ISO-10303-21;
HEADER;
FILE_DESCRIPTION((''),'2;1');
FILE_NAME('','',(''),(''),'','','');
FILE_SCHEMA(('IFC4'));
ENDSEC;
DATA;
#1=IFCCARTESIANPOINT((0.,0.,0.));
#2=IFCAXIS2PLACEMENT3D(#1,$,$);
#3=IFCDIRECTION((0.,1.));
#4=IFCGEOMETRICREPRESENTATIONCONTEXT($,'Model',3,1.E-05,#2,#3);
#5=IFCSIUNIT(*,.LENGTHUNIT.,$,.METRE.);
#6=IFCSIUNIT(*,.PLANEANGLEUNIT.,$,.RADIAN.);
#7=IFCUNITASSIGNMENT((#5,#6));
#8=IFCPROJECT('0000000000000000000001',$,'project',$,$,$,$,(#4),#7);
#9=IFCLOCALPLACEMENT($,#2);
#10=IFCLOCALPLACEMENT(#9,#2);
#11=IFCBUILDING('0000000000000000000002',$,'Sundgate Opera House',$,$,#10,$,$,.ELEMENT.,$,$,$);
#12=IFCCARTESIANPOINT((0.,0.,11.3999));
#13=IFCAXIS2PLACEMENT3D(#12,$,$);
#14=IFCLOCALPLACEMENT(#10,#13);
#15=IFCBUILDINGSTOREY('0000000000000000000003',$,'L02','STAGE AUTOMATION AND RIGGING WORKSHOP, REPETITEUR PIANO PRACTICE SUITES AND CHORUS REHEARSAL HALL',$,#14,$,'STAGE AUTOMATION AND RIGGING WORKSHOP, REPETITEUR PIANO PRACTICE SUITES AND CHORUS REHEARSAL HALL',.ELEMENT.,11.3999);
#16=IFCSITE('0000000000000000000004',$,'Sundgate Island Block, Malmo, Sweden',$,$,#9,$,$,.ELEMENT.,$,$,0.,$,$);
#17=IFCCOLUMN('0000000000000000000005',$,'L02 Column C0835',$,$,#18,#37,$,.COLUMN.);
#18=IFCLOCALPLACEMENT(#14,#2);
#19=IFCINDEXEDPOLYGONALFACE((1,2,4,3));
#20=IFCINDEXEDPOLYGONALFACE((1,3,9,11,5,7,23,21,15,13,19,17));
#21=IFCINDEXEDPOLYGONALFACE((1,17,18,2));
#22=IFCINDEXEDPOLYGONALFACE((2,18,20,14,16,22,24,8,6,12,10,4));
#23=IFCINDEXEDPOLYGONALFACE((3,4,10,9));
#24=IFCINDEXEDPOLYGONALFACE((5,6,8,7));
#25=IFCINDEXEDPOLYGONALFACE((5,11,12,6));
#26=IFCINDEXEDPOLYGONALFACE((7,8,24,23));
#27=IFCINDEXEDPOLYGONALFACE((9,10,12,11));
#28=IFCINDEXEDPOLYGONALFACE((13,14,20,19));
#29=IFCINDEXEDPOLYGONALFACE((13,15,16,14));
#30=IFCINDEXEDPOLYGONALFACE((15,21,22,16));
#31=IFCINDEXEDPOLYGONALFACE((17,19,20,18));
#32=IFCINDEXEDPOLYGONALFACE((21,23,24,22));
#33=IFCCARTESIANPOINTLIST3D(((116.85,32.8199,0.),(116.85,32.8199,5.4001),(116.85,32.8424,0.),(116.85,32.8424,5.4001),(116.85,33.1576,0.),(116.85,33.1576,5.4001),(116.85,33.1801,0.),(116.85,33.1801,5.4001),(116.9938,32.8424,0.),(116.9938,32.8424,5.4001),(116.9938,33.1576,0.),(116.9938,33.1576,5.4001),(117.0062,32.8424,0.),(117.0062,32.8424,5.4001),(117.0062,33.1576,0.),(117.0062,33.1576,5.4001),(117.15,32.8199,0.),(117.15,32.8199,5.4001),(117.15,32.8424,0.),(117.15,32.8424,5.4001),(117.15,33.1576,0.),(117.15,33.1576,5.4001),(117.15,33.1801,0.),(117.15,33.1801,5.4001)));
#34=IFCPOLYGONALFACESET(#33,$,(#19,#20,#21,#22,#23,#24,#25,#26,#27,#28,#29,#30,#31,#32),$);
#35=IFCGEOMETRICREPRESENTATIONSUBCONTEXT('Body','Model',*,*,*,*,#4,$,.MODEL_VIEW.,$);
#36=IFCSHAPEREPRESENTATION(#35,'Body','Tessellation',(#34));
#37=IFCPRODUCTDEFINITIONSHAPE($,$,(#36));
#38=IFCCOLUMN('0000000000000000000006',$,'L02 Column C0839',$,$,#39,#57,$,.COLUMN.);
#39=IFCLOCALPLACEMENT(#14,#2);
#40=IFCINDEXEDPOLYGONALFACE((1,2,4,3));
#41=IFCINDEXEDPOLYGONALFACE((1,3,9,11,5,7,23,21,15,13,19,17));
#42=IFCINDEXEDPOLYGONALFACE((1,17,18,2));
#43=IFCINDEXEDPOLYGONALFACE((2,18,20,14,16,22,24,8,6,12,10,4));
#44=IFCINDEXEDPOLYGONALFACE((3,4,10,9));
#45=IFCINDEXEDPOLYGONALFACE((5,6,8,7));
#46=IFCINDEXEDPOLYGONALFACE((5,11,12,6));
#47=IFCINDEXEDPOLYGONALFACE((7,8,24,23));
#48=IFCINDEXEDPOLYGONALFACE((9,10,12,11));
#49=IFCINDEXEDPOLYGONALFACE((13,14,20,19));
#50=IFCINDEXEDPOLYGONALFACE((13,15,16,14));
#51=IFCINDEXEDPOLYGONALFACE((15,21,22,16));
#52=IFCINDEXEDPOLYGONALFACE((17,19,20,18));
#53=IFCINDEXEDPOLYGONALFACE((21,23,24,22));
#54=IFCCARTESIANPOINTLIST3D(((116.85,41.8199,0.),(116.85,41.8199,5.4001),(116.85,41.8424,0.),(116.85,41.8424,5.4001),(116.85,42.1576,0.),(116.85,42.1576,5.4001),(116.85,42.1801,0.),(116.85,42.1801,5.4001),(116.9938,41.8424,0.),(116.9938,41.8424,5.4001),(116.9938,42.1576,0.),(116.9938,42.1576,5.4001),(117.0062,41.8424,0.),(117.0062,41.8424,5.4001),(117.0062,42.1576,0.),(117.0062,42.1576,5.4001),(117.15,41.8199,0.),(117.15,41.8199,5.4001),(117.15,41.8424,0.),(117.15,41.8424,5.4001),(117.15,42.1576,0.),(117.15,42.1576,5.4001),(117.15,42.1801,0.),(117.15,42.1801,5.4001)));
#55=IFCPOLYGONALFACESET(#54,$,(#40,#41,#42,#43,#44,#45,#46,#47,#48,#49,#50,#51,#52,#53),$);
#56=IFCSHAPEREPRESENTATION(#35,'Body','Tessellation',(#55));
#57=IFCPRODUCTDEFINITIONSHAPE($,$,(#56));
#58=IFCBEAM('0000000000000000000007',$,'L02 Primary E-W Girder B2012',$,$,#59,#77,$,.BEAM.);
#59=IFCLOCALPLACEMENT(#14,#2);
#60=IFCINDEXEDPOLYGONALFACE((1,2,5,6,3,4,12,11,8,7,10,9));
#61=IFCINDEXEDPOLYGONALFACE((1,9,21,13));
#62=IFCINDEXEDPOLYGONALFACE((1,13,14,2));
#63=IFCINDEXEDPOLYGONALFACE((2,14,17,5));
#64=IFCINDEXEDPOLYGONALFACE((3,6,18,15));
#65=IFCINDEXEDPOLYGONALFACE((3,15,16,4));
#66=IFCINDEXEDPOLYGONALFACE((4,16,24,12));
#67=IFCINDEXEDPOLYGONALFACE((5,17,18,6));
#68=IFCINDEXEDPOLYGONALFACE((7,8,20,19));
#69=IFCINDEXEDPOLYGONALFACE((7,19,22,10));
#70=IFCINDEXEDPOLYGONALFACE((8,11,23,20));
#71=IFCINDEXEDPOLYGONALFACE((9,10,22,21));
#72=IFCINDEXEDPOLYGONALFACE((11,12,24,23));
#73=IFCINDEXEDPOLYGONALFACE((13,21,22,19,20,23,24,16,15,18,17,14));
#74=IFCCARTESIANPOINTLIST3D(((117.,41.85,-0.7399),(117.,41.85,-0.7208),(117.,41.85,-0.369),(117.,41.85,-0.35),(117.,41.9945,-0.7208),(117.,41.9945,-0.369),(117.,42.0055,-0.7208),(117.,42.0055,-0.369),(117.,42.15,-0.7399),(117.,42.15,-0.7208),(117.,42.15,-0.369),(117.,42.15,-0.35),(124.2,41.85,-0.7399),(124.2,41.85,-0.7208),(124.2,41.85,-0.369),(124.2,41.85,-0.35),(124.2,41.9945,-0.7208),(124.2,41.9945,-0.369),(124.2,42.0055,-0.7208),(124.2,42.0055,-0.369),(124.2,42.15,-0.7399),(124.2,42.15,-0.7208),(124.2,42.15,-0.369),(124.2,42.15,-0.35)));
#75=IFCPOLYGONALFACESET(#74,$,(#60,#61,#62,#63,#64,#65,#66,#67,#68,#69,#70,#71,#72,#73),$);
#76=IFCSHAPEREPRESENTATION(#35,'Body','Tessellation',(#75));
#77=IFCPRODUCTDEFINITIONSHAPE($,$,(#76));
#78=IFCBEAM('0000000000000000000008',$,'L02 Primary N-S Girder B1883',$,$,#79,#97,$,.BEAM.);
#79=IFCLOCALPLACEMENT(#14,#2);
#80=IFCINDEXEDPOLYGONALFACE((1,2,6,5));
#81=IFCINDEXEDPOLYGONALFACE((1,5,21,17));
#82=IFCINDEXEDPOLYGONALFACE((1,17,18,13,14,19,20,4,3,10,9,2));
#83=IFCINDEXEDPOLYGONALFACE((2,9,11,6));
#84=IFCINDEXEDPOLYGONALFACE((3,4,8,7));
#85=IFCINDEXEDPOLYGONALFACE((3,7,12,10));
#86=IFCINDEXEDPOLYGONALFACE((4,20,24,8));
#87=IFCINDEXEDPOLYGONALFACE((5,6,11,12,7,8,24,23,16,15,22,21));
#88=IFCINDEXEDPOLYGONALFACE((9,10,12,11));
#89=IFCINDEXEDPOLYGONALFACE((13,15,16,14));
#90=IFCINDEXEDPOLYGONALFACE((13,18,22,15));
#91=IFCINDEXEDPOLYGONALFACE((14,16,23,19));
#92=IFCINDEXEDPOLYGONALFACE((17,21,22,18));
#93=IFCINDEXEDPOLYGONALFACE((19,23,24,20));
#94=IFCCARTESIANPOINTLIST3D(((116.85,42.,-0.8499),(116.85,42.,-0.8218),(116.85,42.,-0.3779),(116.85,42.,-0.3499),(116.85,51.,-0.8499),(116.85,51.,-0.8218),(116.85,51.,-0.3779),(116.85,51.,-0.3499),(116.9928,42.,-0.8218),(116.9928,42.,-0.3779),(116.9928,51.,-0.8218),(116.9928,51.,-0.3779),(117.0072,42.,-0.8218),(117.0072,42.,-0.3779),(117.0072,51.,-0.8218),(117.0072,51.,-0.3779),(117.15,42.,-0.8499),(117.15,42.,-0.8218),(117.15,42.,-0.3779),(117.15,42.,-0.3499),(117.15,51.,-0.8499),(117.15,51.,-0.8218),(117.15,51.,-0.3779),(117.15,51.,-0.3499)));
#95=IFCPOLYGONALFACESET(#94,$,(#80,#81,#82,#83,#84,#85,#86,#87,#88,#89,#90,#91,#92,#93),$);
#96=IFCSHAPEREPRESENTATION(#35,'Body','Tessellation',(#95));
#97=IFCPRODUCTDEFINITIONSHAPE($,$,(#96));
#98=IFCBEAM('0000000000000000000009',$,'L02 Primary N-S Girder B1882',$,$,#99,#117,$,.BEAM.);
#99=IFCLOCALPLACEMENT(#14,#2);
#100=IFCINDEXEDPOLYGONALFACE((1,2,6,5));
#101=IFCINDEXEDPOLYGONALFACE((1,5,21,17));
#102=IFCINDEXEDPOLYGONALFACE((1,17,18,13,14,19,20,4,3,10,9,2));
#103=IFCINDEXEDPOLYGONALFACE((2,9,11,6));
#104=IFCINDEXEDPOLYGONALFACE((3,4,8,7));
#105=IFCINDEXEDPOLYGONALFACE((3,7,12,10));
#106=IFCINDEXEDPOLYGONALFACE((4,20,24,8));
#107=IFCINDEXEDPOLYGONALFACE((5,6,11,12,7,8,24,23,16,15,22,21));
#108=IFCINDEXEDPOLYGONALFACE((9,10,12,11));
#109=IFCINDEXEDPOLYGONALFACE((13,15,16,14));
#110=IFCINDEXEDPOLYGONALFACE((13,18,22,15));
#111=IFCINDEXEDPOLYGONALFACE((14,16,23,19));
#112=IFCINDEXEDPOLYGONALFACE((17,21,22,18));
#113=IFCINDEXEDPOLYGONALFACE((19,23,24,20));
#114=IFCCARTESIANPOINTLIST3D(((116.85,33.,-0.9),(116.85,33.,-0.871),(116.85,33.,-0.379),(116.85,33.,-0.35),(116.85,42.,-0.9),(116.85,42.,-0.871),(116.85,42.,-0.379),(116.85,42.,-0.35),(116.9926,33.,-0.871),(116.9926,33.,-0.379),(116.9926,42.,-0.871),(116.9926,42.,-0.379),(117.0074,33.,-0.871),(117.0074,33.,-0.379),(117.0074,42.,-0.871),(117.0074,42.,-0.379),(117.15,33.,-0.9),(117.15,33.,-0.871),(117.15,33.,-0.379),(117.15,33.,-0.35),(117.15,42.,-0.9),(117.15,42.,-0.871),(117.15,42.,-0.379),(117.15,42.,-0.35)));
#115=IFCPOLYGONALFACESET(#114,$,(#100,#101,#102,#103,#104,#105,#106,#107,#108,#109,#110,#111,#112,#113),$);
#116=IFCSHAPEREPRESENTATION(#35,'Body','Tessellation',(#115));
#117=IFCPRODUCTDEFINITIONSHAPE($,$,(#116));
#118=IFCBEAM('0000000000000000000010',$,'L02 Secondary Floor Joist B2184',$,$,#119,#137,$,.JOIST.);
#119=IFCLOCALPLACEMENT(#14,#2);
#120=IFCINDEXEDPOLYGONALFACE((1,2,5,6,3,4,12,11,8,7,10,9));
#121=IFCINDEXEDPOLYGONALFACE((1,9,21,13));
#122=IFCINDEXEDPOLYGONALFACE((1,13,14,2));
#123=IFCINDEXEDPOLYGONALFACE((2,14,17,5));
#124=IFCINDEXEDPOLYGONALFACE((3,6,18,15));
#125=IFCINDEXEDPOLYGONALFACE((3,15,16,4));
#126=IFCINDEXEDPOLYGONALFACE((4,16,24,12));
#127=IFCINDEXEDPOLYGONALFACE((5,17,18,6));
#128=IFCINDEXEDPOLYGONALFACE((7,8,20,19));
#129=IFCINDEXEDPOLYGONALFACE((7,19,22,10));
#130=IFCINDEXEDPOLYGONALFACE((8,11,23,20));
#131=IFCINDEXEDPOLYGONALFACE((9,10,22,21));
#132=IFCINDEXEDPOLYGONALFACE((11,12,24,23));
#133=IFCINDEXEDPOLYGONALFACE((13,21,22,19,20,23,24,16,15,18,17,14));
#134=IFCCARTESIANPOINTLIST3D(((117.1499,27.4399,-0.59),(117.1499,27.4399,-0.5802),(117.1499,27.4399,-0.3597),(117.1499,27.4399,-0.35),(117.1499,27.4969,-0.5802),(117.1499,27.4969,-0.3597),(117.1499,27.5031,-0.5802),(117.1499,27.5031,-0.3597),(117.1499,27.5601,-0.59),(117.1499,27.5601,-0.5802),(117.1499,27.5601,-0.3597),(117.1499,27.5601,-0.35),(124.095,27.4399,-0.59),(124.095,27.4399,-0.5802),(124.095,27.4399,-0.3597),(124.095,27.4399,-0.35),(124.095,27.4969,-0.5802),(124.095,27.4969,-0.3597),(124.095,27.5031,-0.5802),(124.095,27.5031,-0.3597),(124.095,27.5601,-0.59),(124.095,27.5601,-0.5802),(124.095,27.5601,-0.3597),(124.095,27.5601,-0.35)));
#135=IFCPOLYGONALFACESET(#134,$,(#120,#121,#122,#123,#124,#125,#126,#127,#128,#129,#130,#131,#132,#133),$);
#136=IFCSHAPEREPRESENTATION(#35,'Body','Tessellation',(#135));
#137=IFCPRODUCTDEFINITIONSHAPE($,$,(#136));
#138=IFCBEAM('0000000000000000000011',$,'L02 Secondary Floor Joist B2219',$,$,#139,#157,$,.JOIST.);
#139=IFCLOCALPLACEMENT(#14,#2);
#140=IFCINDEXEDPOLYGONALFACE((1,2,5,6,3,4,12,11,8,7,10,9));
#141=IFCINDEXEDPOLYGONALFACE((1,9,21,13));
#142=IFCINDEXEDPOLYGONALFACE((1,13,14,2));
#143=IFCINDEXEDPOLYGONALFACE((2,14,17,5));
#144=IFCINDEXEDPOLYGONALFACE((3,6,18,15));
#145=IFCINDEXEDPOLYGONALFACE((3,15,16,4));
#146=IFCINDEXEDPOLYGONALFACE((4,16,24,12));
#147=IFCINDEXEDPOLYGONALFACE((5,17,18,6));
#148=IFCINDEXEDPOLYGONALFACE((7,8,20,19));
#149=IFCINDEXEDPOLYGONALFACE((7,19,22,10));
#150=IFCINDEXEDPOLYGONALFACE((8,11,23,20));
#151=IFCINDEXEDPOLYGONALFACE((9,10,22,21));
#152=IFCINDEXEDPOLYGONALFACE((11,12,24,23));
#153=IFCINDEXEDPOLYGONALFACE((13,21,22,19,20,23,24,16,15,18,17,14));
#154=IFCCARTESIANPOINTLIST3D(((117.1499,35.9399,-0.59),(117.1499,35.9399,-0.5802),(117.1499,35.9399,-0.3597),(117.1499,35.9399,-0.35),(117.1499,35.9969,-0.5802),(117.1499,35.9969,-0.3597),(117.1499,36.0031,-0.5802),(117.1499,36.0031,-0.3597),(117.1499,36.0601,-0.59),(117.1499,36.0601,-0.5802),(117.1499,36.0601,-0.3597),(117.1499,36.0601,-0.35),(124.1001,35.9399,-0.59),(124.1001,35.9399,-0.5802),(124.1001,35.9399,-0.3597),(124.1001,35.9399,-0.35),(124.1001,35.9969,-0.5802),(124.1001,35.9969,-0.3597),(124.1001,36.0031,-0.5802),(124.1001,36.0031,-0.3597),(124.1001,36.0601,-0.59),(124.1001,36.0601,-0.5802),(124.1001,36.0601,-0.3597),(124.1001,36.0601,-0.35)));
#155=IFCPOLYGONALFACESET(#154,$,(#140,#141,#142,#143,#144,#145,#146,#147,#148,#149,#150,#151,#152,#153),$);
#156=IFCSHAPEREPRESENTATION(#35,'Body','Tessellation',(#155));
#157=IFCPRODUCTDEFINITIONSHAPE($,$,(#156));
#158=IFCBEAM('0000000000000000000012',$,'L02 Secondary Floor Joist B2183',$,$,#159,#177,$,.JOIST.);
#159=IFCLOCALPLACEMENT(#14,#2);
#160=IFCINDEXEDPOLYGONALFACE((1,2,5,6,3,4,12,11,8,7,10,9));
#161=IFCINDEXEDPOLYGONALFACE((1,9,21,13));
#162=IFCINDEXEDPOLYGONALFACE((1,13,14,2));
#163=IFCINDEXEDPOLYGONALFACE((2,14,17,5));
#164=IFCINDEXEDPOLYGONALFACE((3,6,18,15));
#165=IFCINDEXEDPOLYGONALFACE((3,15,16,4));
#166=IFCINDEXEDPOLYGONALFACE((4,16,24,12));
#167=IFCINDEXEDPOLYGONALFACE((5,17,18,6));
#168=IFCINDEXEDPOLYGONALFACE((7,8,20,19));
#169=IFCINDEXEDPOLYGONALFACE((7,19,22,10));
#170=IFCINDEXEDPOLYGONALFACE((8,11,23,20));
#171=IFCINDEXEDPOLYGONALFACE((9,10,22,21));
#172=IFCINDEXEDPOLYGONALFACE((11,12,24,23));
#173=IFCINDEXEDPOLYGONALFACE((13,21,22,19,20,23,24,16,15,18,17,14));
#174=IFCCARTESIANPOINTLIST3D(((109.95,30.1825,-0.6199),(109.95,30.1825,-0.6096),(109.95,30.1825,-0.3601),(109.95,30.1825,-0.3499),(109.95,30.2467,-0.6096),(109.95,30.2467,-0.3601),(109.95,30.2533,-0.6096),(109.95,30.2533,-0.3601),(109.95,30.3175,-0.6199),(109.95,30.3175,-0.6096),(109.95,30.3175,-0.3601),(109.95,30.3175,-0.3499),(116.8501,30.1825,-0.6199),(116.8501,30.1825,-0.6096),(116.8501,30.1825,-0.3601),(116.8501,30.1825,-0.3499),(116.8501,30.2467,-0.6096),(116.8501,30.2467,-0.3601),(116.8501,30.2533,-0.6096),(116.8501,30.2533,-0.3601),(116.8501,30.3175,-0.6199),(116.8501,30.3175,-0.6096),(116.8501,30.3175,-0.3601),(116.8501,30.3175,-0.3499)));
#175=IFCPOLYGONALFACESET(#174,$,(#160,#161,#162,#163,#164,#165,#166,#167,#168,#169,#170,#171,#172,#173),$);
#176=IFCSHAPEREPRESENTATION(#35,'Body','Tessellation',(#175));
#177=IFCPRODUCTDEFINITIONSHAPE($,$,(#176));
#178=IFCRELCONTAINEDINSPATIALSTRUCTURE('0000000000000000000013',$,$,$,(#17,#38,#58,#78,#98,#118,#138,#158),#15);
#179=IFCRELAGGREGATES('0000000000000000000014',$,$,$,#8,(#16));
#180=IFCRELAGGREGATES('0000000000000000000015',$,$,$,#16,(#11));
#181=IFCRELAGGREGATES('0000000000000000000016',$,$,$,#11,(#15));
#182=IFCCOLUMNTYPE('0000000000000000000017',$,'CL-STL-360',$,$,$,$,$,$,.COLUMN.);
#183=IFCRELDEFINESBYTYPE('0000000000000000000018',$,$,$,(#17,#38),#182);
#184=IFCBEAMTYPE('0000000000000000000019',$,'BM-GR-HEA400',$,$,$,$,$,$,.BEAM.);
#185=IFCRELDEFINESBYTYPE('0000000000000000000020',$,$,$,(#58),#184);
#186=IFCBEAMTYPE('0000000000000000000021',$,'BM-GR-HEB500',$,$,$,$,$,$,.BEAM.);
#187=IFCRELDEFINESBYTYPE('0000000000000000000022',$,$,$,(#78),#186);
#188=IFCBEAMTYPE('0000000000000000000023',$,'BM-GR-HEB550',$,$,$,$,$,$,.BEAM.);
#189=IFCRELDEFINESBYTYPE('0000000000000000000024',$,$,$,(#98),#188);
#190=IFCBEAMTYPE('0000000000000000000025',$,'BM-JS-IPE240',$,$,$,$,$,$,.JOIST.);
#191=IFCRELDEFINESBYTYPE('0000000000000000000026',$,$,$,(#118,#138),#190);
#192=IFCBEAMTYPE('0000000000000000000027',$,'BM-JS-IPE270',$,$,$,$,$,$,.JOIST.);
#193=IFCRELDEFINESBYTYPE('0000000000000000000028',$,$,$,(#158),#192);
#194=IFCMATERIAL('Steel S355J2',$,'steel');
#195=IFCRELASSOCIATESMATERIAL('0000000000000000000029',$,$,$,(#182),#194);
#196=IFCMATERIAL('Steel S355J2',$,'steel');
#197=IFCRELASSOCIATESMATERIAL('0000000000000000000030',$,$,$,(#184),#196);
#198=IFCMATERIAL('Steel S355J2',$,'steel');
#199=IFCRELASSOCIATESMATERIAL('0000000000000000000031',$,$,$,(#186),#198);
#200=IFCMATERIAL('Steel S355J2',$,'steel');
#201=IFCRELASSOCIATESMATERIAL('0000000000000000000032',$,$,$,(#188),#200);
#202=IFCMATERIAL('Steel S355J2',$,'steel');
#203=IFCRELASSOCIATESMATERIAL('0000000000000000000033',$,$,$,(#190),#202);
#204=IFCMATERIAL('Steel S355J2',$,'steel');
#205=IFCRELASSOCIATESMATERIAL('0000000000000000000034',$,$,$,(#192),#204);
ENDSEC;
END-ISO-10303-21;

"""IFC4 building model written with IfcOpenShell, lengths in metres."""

from ifc_helpers import new_model, si_unit, direction, frame, origin, origin_2d, place, context, subcontext, project, spatial, i_section, extrude, material, material_profile, profile_set, type_object, element, save


model = new_model("IFC4")

# Units and contexts
model_context = context("Model", 3, precision=1e-05, world=origin(), true_north=direction((0.0, 1.0)))
body_context = subcontext(model_context, "Body", "Model", "MODEL_VIEW")
ifc_project = project(units=[si_unit("LENGTHUNIT", "METRE"), si_unit("PLANEANGLEUNIT", "RADIAN")], contexts=[model_context])

# Site, building, storey
site_placement = place(None, origin())
site = spatial("IfcSite", under=ifc_project, at=site_placement, Name="Sundgate Island Block, Malmo, Sweden", CompositionType="ELEMENT", RefElevation=0.0)
building_placement = place(site_placement, origin())
building = spatial("IfcBuilding", under=site, at=building_placement, Name="Sundgate Opera House", CompositionType="ELEMENT")
storey_placement = place(building_placement, frame((0.0, 0.0, 11.3999)))
storey = spatial("IfcBuildingStorey", under=building, at=storey_placement, Name="L02", Description="STAGE AUTOMATION AND RIGGING WORKSHOP, REPETITEUR PIANO PRACTICE SUITES AND CHORUS REHEARSAL HALL", LongName="STAGE AUTOMATION AND RIGGING WORKSHOP, REPETITEUR PIANO PRACTICE SUITES AND CHORUS REHEARSAL HALL", CompositionType="ELEMENT", Elevation=11.3999)

# Columns
ifc_material_1 = material(Name="Steel S355J2", Category="steel")
ifc_material_profile_1 = material_profile(ifc_material_1, i_section(OverallWidth=0.3, OverallDepth=0.3601, WebThickness=0.0125, FlangeThickness=0.0225, at=origin_2d()), Name="HEB 360")
ifc_profile_set_1 = profile_set([ifc_material_profile_1], Name="Steel S355J2")
column_type = type_object("IfcColumnType", Name="CL-STL-360", PredefinedType="COLUMN", material=ifc_profile_set_1)
for number, where, z_axis, x_axis, name in (
    (1, (117.0, 33.0, 0.0), (0.0, 0.0, 1.0), (1.0, 0.0, 0.0), "L02 Column C0835"),
    (2, (117.0, 42.0, 0.0), (0.0, 0.0, 1.0), (1.0, 0.0, 0.0), "L02 Column C0839"),
):
    element("IfcColumn", number, at=place(storey_placement, frame(where, z_axis=z_axis, x_axis=x_axis)), inside=storey, type_object=column_type, Name=name, PredefinedType="COLUMN", context=body_context, shape_type="SweptSolid", body=[
        extrude(i_section(OverallWidth=0.3, OverallDepth=0.3601, WebThickness=0.0125, FlangeThickness=0.0225, at=origin_2d()), origin(), (0.0, 0.0, 1.0), 5.4001),
    ])

# Beams
ifc_material_2 = material(Name="Steel S355J2", Category="steel")
ifc_material_profile_2 = material_profile(ifc_material_2, i_section(OverallWidth=0.3, OverallDepth=0.3899, WebThickness=0.011, FlangeThickness=0.019, at=origin_2d()), Name="HEA 400")
ifc_profile_set_2 = profile_set([ifc_material_profile_2], Name="Steel S355J2")
beam_type_1 = type_object("IfcBeamType", Name="BM-GR-HEA400", PredefinedType="BEAM", material=ifc_profile_set_2)
beam_1_placement = place(storey_placement, frame((117.0, 42.0, -0.5449), z_axis=(1.0, 0.0, 0.0), x_axis=(0.0, 1.0, 0.0)))
element("IfcBeam", 3, at=beam_1_placement, inside=storey, type_object=beam_type_1, Name="L02 Primary E-W Girder B2012", PredefinedType="BEAM", context=body_context, shape_type="SweptSolid", body=[
    extrude(i_section(OverallWidth=0.3, OverallDepth=0.3899, WebThickness=0.011, FlangeThickness=0.019, at=origin_2d()), origin(), (0.0, 0.0, 1.0), 7.2),
])
ifc_material_3 = material(Name="Steel S355J2", Category="steel")
ifc_material_profile_3 = material_profile(ifc_material_3, i_section(OverallWidth=0.3, OverallDepth=0.5, WebThickness=0.0144, FlangeThickness=0.0281, at=origin_2d()), Name="HEB 500")
ifc_profile_set_3 = profile_set([ifc_material_profile_3], Name="Steel S355J2")
beam_type_2 = type_object("IfcBeamType", Name="BM-GR-HEB500", PredefinedType="BEAM", material=ifc_profile_set_3)
beam_2_placement = place(storey_placement, frame((117.0, 42.0, -0.5999), z_axis=(0.0, 1.0, 0.0), x_axis=(-1.0, 0.0, 0.0)))
element("IfcBeam", 4, at=beam_2_placement, inside=storey, type_object=beam_type_2, Name="L02 Primary N-S Girder B1883", PredefinedType="BEAM", context=body_context, shape_type="SweptSolid", body=[
    extrude(i_section(OverallWidth=0.3, OverallDepth=0.5, WebThickness=0.0144, FlangeThickness=0.0281, at=origin_2d()), origin(), (0.0, 0.0, 1.0), 9.0),
])
ifc_material_4 = material(Name="Steel S355J2", Category="steel")
ifc_material_profile_4 = material_profile(ifc_material_4, i_section(OverallWidth=0.3, OverallDepth=0.55, WebThickness=0.0149, FlangeThickness=0.0291, at=origin_2d()), Name="HEB 550")
ifc_profile_set_4 = profile_set([ifc_material_profile_4], Name="Steel S355J2")
beam_type_3 = type_object("IfcBeamType", Name="BM-GR-HEB550", PredefinedType="BEAM", material=ifc_profile_set_4)
beam_3_placement = place(storey_placement, frame((117.0, 33.0, -0.625), z_axis=(0.0, 1.0, 0.0), x_axis=(-1.0, 0.0, 0.0)))
element("IfcBeam", 5, at=beam_3_placement, inside=storey, type_object=beam_type_3, Name="L02 Primary N-S Girder B1882", PredefinedType="BEAM", context=body_context, shape_type="SweptSolid", body=[
    extrude(i_section(OverallWidth=0.3, OverallDepth=0.55, WebThickness=0.0149, FlangeThickness=0.0291, at=origin_2d()), origin(), (0.0, 0.0, 1.0), 9.0),
])
ifc_material_5 = material(Name="Steel S355J2", Category="steel")
ifc_material_profile_5 = material_profile(ifc_material_5, i_section(OverallWidth=0.1201, OverallDepth=0.24, WebThickness=0.0061, FlangeThickness=0.0098, at=origin_2d()), Name="IPE 240")
ifc_profile_set_5 = profile_set([ifc_material_profile_5], Name="Steel S355J2")
beam_type_4 = type_object("IfcBeamType", Name="BM-JS-IPE240", PredefinedType="JOIST", material=ifc_profile_set_5)
beam_4_placement = place(storey_placement, frame((117.1499, 27.5, -0.47), z_axis=(1.0, 0.0, 0.0), x_axis=(0.0, 1.0, 0.0)))
element("IfcBeam", 6, at=beam_4_placement, inside=storey, type_object=beam_type_4, Name="L02 Secondary Floor Joist B2184", PredefinedType="JOIST", context=body_context, shape_type="SweptSolid", body=[
    extrude(i_section(OverallWidth=0.1201, OverallDepth=0.24, WebThickness=0.0061, FlangeThickness=0.0098, at=origin_2d()), origin(), (0.0, 0.0, 1.0), 6.9451),
])
beam_5_placement = place(storey_placement, frame((117.1499, 36.0, -0.47), z_axis=(1.0, 0.0, 0.0), x_axis=(0.0, 1.0, 0.0)))
element("IfcBeam", 7, at=beam_5_placement, inside=storey, type_object=beam_type_4, Name="L02 Secondary Floor Joist B2219", PredefinedType="JOIST", context=body_context, shape_type="SweptSolid", body=[
    extrude(i_section(OverallWidth=0.1201, OverallDepth=0.24, WebThickness=0.0061, FlangeThickness=0.0098, at=origin_2d()), origin(), (0.0, 0.0, 1.0), 6.9502),
])
ifc_material_6 = material(Name="Steel S355J2", Category="steel")
ifc_material_profile_6 = material_profile(ifc_material_6, i_section(OverallWidth=0.135, OverallDepth=0.27, WebThickness=0.0066, FlangeThickness=0.0103, at=origin_2d()), Name="IPE 270")
ifc_profile_set_6 = profile_set([ifc_material_profile_6], Name="Steel S355J2")
beam_type_5 = type_object("IfcBeamType", Name="BM-JS-IPE270", PredefinedType="JOIST", material=ifc_profile_set_6)
beam_6_placement = place(storey_placement, frame((109.95, 30.25, -0.4849), z_axis=(1.0, 0.0, 0.0), x_axis=(0.0, 1.0, 0.0)))
element("IfcBeam", 8, at=beam_6_placement, inside=storey, type_object=beam_type_5, Name="L02 Secondary Floor Joist B2183", PredefinedType="JOIST", context=body_context, shape_type="SweptSolid", body=[
    extrude(i_section(OverallWidth=0.135, OverallDepth=0.27, WebThickness=0.0066, FlangeThickness=0.0103, at=origin_2d()), origin(), (0.0, 0.0, 1.0), 6.9001),
])

save(model, "model.ifc")
